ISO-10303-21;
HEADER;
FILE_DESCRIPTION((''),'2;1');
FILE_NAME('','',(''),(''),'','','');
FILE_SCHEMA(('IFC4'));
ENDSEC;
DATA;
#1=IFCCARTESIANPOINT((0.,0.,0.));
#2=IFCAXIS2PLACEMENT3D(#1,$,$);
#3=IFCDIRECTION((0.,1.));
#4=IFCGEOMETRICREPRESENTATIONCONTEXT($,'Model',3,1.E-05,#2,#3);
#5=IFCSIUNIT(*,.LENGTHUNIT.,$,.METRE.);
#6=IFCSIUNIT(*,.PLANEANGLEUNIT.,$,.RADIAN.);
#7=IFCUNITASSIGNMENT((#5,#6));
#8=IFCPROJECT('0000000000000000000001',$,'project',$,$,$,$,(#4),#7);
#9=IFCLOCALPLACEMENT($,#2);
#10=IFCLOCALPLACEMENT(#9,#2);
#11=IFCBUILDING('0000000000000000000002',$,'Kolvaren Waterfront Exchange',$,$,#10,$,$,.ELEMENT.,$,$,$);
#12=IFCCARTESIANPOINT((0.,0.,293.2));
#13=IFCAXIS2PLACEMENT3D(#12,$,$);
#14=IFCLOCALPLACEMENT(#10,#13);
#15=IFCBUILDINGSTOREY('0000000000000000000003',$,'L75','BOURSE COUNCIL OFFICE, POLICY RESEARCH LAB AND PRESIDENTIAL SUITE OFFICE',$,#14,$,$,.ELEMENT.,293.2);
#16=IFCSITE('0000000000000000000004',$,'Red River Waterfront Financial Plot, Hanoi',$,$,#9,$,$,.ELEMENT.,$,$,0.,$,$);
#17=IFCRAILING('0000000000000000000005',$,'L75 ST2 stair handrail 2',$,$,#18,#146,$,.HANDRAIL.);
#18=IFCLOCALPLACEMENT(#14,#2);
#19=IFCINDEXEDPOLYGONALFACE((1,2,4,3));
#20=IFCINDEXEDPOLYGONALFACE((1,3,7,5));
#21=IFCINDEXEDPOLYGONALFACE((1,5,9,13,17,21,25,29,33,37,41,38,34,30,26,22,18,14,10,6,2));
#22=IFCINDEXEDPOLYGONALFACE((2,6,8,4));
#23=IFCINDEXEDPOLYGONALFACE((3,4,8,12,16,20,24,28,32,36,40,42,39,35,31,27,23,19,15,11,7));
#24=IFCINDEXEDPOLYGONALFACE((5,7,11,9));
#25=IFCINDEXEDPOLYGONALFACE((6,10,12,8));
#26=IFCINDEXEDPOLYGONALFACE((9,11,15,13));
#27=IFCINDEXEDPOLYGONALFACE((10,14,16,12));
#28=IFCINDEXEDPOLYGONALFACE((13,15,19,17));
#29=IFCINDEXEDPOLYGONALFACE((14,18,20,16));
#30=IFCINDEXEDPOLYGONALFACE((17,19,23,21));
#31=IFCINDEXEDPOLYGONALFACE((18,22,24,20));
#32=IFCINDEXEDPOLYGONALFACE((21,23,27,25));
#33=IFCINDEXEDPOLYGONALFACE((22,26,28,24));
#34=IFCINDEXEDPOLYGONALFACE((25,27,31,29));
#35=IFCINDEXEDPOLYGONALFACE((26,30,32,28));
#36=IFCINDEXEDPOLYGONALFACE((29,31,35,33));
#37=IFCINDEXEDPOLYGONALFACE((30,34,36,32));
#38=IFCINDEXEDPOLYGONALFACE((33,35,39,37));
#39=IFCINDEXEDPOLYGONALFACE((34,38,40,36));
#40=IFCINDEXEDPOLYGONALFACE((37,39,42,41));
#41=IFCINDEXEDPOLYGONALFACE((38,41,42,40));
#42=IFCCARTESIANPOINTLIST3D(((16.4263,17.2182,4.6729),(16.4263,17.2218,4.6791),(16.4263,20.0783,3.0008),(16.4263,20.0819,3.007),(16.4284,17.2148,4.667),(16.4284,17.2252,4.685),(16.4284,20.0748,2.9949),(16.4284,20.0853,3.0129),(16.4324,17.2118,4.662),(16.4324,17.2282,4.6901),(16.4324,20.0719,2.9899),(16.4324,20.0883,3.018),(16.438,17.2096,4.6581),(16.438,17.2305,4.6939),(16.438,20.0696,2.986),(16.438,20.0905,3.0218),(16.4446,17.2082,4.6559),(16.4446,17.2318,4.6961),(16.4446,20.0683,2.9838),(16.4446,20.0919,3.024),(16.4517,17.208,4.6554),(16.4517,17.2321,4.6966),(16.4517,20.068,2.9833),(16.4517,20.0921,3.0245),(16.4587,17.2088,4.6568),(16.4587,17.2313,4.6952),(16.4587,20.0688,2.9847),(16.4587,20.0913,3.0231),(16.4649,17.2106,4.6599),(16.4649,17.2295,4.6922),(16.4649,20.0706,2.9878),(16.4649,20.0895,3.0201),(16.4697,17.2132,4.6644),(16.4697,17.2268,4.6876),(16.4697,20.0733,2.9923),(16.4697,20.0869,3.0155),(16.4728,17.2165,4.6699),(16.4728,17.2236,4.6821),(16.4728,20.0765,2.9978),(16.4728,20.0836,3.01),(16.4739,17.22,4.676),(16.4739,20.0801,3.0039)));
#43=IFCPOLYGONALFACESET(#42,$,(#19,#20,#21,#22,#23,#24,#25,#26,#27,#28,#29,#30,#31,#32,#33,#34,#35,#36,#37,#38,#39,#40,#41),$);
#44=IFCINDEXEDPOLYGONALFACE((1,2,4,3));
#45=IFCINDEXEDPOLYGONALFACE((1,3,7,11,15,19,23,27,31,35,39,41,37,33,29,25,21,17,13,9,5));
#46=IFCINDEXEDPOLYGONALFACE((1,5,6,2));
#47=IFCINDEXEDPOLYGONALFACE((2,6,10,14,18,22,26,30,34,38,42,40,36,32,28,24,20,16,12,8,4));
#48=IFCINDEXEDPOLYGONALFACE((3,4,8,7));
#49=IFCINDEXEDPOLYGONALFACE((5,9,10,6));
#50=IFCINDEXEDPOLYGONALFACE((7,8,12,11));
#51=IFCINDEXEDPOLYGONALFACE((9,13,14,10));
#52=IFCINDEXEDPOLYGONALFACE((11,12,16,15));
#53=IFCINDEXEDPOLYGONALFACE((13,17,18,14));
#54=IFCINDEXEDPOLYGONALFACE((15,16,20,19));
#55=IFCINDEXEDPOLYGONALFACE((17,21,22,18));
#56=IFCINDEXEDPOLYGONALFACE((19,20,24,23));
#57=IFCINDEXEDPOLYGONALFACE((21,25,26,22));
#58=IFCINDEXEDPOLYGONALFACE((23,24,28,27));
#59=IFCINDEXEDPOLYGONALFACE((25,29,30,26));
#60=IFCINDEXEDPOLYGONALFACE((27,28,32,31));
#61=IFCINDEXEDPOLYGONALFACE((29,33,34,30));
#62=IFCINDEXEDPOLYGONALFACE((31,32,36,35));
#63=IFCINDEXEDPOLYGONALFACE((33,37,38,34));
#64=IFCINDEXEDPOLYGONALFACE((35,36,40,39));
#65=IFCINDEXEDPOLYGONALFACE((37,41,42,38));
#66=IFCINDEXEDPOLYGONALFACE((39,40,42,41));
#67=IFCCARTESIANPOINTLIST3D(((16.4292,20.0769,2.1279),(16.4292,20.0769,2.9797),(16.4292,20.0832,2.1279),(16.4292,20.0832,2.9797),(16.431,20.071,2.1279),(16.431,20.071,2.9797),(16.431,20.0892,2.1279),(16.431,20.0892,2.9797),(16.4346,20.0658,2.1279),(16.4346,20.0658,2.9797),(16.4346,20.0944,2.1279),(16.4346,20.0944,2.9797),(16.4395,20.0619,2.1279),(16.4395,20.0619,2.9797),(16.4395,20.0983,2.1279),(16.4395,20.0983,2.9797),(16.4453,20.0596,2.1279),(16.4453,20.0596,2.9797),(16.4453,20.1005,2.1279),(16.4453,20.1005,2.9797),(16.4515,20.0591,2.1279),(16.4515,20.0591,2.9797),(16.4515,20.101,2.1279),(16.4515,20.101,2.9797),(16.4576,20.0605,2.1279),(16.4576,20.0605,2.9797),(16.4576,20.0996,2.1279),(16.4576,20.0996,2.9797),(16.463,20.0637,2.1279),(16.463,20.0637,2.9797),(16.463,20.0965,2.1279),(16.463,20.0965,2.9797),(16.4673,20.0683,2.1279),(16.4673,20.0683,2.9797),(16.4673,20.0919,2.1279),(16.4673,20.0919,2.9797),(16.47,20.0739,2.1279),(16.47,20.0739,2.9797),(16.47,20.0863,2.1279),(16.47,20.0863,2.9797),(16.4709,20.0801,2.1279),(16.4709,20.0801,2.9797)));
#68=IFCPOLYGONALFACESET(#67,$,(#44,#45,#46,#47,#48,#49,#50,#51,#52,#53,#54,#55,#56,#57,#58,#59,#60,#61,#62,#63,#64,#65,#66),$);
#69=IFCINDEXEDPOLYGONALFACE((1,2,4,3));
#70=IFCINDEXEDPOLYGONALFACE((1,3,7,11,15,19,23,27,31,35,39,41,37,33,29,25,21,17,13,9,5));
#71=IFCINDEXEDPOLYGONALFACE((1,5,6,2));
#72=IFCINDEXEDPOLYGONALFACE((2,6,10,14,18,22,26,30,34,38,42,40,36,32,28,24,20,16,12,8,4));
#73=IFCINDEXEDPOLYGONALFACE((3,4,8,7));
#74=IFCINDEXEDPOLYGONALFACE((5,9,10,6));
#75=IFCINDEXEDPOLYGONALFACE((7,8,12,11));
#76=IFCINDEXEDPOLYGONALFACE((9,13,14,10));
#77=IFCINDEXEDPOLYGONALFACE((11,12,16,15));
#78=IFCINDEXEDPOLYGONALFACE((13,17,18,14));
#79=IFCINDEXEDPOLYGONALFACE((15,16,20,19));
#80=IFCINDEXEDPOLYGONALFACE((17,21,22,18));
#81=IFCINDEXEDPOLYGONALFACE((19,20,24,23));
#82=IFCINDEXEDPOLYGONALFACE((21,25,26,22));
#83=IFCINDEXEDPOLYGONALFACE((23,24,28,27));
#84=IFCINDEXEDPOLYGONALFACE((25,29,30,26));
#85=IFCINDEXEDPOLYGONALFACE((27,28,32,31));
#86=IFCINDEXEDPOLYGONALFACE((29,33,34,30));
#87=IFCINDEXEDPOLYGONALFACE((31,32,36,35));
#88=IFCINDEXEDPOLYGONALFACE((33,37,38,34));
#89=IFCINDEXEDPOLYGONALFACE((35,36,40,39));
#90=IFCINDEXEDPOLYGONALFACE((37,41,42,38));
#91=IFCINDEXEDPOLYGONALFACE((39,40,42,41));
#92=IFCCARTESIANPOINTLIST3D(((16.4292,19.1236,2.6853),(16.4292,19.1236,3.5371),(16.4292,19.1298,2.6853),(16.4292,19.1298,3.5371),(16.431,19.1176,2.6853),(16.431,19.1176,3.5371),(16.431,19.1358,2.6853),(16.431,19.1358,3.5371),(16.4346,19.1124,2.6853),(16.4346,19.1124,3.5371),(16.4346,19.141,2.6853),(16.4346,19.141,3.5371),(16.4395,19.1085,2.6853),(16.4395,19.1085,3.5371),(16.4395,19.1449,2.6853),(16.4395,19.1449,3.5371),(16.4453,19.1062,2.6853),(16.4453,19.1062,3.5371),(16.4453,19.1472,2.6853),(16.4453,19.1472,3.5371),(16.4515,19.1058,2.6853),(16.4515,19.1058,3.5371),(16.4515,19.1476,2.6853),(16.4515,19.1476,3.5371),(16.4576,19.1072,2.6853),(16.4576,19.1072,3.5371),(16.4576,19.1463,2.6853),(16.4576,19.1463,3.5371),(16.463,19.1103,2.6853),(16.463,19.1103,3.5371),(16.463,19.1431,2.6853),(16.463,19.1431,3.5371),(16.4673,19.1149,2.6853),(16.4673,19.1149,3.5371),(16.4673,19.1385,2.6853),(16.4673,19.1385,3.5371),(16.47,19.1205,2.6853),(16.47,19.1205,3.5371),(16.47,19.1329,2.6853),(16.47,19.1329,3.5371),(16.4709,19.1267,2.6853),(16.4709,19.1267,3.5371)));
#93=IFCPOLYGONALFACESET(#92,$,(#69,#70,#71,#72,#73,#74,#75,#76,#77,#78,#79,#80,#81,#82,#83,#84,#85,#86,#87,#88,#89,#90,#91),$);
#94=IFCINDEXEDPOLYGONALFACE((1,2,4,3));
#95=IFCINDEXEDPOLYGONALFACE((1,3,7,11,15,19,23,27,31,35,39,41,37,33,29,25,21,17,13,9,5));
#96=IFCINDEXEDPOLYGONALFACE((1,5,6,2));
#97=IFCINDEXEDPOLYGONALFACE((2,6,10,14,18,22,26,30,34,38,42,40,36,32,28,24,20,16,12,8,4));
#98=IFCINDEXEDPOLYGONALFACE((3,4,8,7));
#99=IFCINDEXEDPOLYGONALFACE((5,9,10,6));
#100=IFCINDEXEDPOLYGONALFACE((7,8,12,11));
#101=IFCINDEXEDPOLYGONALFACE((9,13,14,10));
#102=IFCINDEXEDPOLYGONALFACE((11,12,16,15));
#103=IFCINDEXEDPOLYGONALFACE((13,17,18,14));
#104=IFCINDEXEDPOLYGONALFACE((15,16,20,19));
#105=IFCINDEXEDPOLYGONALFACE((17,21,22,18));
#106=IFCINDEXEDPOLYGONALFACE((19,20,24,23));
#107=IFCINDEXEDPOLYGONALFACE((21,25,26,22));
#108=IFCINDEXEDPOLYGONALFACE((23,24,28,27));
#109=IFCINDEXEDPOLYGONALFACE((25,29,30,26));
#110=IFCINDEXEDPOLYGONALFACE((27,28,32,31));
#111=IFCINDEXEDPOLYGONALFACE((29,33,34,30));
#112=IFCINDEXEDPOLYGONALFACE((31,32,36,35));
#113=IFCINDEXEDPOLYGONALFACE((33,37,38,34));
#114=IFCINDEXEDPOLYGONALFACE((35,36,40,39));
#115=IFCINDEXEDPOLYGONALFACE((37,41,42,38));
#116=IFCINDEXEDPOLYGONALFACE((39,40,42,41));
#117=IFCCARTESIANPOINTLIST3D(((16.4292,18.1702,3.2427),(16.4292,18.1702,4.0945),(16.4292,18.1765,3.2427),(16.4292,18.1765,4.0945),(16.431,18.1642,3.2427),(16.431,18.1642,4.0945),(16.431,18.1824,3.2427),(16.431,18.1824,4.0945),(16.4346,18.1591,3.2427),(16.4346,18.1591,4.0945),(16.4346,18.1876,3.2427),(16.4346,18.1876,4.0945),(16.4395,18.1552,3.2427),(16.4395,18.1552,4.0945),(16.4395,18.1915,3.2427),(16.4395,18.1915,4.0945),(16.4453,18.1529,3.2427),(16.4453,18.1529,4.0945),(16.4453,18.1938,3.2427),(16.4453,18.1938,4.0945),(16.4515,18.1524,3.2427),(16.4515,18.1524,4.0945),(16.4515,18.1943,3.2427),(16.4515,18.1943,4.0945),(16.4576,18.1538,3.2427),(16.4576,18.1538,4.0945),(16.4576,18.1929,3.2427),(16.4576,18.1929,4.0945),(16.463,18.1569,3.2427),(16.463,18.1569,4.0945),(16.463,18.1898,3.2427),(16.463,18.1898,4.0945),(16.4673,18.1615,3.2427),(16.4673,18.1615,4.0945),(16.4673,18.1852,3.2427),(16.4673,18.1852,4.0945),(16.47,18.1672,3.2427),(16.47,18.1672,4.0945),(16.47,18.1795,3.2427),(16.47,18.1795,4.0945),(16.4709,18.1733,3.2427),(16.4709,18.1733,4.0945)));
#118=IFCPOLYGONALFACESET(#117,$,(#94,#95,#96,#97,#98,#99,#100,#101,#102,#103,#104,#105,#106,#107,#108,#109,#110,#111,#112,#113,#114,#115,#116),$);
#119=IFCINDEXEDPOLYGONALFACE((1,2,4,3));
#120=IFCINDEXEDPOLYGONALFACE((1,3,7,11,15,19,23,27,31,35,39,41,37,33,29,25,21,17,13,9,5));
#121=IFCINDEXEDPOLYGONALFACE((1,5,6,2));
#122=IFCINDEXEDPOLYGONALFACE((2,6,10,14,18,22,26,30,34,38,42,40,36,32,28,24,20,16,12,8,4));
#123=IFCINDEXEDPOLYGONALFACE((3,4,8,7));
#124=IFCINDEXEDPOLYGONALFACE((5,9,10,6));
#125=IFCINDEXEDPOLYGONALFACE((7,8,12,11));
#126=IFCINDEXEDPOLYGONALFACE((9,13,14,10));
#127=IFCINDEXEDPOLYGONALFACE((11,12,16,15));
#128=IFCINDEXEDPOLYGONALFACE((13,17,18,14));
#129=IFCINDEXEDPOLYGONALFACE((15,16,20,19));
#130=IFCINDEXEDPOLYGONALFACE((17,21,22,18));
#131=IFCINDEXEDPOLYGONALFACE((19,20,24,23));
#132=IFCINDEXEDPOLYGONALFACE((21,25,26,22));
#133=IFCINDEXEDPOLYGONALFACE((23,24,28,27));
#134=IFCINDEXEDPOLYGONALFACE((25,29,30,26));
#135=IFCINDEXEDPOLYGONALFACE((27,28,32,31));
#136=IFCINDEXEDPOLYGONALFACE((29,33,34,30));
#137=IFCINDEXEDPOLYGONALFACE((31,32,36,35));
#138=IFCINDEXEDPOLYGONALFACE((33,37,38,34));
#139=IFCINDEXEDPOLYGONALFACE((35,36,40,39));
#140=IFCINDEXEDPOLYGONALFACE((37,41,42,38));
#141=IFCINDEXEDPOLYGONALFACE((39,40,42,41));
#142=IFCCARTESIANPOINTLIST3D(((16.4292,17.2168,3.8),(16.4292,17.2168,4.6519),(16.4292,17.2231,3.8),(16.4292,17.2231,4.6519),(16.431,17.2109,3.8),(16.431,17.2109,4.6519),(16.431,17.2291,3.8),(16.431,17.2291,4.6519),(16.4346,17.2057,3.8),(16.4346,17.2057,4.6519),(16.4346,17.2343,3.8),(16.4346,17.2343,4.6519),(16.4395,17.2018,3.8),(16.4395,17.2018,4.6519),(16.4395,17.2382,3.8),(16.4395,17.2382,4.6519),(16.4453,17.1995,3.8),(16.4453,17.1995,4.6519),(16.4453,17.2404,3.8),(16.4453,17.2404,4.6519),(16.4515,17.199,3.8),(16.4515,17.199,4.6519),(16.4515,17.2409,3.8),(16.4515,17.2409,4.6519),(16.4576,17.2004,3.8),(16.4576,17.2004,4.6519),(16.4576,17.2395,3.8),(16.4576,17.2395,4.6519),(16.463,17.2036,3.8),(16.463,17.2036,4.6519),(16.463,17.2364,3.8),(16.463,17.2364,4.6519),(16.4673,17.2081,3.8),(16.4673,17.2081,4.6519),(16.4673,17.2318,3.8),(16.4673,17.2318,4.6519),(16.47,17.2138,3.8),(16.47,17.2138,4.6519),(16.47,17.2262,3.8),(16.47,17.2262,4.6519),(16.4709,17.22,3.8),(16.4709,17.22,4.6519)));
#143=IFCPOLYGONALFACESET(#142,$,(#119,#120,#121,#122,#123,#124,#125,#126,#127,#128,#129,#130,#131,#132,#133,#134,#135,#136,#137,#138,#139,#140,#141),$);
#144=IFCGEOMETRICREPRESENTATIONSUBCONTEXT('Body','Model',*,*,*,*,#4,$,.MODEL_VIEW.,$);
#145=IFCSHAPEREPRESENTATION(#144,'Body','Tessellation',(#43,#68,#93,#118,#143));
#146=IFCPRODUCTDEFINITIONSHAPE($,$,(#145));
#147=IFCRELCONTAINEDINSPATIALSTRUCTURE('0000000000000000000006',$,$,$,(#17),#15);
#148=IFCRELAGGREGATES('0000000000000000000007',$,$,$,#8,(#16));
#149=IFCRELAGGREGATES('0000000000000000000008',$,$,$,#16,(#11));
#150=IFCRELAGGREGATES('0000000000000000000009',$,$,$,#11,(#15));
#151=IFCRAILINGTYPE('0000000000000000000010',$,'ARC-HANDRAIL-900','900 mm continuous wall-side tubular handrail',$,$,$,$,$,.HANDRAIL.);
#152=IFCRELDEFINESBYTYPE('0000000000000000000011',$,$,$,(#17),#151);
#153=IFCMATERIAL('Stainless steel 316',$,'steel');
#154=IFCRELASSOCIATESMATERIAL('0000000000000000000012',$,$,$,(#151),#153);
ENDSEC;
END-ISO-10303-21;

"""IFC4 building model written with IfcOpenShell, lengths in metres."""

from ifc_helpers import new_model, si_unit, direction, frame, origin, origin_2d, place, context, subcontext, project, spatial, circle, extrude, material, type_object, element, save


model = new_model("IFC4")

# Units and contexts
model_context = context("Model", 3, precision=1e-05, world=origin(), true_north=direction((0.0, 1.0)))
body_context = subcontext(model_context, "Body", "Model", "MODEL_VIEW")
ifc_project = project(units=[si_unit("LENGTHUNIT", "METRE"), si_unit("PLANEANGLEUNIT", "RADIAN")], contexts=[model_context])

# Site, building, storey
site_placement = place(None, origin())
site = spatial("IfcSite", under=ifc_project, at=site_placement, Name="Red River Waterfront Financial Plot, Hanoi", CompositionType="ELEMENT", RefElevation=0.0)
building_placement = place(site_placement, origin())
building = spatial("IfcBuilding", under=site, at=building_placement, Name="Kolvaren Waterfront Exchange", CompositionType="ELEMENT")
storey_placement = place(building_placement, frame((0.0, 0.0, 293.2)))
storey = spatial("IfcBuildingStorey", under=building, at=storey_placement, Name="L75", Description="BOURSE COUNCIL OFFICE, POLICY RESEARCH LAB AND PRESIDENTIAL SUITE OFFICE", CompositionType="ELEMENT", Elevation=293.2)

# Railing
ifc_material_1 = material(Name="Stainless steel 316", Category="steel")
railing_type_1 = type_object("IfcRailingType", Name="ARC-HANDRAIL-900", Description="900 mm continuous wall-side tubular handrail", PredefinedType="HANDRAIL", material=ifc_material_1)
railing_1_placement = place(storey_placement, frame((16.45, 20.0801, 2.1279)))
element("IfcRailing", 1, at=railing_1_placement, inside=storey, type_object=railing_type_1, Name="L75 ST2 stair handrail 2", PredefinedType="HANDRAIL", context=body_context, shape_type="SweptSolid", body=[
    extrude(circle(Radius=0.0239, at=origin_2d()), frame((0.0, 0.0, 0.876), z_axis=(0.0, -0.863289, 0.504709), x_axis=(1.0, 0.0, 0.0)), (0.0, 0.0, 1.0), 3.313),
    extrude(circle(Radius=0.021, at=origin_2d()), origin(), (0.0, 0.0, 1.0), 0.8518),
    extrude(circle(Radius=0.021, at=origin_2d()), frame((0.0, -0.9534, 0.5574)), (0.0, 0.0, 1.0), 0.8518),
    extrude(circle(Radius=0.021, at=origin_2d()), frame((0.0, -1.9067, 1.1147)), (0.0, 0.0, 1.0), 0.8518),
    extrude(circle(Radius=0.021, at=origin_2d()), frame((0.0, -2.8601, 1.6721)), (0.0, 0.0, 1.0), 0.8518),
])

save(model, "model.ifc")
